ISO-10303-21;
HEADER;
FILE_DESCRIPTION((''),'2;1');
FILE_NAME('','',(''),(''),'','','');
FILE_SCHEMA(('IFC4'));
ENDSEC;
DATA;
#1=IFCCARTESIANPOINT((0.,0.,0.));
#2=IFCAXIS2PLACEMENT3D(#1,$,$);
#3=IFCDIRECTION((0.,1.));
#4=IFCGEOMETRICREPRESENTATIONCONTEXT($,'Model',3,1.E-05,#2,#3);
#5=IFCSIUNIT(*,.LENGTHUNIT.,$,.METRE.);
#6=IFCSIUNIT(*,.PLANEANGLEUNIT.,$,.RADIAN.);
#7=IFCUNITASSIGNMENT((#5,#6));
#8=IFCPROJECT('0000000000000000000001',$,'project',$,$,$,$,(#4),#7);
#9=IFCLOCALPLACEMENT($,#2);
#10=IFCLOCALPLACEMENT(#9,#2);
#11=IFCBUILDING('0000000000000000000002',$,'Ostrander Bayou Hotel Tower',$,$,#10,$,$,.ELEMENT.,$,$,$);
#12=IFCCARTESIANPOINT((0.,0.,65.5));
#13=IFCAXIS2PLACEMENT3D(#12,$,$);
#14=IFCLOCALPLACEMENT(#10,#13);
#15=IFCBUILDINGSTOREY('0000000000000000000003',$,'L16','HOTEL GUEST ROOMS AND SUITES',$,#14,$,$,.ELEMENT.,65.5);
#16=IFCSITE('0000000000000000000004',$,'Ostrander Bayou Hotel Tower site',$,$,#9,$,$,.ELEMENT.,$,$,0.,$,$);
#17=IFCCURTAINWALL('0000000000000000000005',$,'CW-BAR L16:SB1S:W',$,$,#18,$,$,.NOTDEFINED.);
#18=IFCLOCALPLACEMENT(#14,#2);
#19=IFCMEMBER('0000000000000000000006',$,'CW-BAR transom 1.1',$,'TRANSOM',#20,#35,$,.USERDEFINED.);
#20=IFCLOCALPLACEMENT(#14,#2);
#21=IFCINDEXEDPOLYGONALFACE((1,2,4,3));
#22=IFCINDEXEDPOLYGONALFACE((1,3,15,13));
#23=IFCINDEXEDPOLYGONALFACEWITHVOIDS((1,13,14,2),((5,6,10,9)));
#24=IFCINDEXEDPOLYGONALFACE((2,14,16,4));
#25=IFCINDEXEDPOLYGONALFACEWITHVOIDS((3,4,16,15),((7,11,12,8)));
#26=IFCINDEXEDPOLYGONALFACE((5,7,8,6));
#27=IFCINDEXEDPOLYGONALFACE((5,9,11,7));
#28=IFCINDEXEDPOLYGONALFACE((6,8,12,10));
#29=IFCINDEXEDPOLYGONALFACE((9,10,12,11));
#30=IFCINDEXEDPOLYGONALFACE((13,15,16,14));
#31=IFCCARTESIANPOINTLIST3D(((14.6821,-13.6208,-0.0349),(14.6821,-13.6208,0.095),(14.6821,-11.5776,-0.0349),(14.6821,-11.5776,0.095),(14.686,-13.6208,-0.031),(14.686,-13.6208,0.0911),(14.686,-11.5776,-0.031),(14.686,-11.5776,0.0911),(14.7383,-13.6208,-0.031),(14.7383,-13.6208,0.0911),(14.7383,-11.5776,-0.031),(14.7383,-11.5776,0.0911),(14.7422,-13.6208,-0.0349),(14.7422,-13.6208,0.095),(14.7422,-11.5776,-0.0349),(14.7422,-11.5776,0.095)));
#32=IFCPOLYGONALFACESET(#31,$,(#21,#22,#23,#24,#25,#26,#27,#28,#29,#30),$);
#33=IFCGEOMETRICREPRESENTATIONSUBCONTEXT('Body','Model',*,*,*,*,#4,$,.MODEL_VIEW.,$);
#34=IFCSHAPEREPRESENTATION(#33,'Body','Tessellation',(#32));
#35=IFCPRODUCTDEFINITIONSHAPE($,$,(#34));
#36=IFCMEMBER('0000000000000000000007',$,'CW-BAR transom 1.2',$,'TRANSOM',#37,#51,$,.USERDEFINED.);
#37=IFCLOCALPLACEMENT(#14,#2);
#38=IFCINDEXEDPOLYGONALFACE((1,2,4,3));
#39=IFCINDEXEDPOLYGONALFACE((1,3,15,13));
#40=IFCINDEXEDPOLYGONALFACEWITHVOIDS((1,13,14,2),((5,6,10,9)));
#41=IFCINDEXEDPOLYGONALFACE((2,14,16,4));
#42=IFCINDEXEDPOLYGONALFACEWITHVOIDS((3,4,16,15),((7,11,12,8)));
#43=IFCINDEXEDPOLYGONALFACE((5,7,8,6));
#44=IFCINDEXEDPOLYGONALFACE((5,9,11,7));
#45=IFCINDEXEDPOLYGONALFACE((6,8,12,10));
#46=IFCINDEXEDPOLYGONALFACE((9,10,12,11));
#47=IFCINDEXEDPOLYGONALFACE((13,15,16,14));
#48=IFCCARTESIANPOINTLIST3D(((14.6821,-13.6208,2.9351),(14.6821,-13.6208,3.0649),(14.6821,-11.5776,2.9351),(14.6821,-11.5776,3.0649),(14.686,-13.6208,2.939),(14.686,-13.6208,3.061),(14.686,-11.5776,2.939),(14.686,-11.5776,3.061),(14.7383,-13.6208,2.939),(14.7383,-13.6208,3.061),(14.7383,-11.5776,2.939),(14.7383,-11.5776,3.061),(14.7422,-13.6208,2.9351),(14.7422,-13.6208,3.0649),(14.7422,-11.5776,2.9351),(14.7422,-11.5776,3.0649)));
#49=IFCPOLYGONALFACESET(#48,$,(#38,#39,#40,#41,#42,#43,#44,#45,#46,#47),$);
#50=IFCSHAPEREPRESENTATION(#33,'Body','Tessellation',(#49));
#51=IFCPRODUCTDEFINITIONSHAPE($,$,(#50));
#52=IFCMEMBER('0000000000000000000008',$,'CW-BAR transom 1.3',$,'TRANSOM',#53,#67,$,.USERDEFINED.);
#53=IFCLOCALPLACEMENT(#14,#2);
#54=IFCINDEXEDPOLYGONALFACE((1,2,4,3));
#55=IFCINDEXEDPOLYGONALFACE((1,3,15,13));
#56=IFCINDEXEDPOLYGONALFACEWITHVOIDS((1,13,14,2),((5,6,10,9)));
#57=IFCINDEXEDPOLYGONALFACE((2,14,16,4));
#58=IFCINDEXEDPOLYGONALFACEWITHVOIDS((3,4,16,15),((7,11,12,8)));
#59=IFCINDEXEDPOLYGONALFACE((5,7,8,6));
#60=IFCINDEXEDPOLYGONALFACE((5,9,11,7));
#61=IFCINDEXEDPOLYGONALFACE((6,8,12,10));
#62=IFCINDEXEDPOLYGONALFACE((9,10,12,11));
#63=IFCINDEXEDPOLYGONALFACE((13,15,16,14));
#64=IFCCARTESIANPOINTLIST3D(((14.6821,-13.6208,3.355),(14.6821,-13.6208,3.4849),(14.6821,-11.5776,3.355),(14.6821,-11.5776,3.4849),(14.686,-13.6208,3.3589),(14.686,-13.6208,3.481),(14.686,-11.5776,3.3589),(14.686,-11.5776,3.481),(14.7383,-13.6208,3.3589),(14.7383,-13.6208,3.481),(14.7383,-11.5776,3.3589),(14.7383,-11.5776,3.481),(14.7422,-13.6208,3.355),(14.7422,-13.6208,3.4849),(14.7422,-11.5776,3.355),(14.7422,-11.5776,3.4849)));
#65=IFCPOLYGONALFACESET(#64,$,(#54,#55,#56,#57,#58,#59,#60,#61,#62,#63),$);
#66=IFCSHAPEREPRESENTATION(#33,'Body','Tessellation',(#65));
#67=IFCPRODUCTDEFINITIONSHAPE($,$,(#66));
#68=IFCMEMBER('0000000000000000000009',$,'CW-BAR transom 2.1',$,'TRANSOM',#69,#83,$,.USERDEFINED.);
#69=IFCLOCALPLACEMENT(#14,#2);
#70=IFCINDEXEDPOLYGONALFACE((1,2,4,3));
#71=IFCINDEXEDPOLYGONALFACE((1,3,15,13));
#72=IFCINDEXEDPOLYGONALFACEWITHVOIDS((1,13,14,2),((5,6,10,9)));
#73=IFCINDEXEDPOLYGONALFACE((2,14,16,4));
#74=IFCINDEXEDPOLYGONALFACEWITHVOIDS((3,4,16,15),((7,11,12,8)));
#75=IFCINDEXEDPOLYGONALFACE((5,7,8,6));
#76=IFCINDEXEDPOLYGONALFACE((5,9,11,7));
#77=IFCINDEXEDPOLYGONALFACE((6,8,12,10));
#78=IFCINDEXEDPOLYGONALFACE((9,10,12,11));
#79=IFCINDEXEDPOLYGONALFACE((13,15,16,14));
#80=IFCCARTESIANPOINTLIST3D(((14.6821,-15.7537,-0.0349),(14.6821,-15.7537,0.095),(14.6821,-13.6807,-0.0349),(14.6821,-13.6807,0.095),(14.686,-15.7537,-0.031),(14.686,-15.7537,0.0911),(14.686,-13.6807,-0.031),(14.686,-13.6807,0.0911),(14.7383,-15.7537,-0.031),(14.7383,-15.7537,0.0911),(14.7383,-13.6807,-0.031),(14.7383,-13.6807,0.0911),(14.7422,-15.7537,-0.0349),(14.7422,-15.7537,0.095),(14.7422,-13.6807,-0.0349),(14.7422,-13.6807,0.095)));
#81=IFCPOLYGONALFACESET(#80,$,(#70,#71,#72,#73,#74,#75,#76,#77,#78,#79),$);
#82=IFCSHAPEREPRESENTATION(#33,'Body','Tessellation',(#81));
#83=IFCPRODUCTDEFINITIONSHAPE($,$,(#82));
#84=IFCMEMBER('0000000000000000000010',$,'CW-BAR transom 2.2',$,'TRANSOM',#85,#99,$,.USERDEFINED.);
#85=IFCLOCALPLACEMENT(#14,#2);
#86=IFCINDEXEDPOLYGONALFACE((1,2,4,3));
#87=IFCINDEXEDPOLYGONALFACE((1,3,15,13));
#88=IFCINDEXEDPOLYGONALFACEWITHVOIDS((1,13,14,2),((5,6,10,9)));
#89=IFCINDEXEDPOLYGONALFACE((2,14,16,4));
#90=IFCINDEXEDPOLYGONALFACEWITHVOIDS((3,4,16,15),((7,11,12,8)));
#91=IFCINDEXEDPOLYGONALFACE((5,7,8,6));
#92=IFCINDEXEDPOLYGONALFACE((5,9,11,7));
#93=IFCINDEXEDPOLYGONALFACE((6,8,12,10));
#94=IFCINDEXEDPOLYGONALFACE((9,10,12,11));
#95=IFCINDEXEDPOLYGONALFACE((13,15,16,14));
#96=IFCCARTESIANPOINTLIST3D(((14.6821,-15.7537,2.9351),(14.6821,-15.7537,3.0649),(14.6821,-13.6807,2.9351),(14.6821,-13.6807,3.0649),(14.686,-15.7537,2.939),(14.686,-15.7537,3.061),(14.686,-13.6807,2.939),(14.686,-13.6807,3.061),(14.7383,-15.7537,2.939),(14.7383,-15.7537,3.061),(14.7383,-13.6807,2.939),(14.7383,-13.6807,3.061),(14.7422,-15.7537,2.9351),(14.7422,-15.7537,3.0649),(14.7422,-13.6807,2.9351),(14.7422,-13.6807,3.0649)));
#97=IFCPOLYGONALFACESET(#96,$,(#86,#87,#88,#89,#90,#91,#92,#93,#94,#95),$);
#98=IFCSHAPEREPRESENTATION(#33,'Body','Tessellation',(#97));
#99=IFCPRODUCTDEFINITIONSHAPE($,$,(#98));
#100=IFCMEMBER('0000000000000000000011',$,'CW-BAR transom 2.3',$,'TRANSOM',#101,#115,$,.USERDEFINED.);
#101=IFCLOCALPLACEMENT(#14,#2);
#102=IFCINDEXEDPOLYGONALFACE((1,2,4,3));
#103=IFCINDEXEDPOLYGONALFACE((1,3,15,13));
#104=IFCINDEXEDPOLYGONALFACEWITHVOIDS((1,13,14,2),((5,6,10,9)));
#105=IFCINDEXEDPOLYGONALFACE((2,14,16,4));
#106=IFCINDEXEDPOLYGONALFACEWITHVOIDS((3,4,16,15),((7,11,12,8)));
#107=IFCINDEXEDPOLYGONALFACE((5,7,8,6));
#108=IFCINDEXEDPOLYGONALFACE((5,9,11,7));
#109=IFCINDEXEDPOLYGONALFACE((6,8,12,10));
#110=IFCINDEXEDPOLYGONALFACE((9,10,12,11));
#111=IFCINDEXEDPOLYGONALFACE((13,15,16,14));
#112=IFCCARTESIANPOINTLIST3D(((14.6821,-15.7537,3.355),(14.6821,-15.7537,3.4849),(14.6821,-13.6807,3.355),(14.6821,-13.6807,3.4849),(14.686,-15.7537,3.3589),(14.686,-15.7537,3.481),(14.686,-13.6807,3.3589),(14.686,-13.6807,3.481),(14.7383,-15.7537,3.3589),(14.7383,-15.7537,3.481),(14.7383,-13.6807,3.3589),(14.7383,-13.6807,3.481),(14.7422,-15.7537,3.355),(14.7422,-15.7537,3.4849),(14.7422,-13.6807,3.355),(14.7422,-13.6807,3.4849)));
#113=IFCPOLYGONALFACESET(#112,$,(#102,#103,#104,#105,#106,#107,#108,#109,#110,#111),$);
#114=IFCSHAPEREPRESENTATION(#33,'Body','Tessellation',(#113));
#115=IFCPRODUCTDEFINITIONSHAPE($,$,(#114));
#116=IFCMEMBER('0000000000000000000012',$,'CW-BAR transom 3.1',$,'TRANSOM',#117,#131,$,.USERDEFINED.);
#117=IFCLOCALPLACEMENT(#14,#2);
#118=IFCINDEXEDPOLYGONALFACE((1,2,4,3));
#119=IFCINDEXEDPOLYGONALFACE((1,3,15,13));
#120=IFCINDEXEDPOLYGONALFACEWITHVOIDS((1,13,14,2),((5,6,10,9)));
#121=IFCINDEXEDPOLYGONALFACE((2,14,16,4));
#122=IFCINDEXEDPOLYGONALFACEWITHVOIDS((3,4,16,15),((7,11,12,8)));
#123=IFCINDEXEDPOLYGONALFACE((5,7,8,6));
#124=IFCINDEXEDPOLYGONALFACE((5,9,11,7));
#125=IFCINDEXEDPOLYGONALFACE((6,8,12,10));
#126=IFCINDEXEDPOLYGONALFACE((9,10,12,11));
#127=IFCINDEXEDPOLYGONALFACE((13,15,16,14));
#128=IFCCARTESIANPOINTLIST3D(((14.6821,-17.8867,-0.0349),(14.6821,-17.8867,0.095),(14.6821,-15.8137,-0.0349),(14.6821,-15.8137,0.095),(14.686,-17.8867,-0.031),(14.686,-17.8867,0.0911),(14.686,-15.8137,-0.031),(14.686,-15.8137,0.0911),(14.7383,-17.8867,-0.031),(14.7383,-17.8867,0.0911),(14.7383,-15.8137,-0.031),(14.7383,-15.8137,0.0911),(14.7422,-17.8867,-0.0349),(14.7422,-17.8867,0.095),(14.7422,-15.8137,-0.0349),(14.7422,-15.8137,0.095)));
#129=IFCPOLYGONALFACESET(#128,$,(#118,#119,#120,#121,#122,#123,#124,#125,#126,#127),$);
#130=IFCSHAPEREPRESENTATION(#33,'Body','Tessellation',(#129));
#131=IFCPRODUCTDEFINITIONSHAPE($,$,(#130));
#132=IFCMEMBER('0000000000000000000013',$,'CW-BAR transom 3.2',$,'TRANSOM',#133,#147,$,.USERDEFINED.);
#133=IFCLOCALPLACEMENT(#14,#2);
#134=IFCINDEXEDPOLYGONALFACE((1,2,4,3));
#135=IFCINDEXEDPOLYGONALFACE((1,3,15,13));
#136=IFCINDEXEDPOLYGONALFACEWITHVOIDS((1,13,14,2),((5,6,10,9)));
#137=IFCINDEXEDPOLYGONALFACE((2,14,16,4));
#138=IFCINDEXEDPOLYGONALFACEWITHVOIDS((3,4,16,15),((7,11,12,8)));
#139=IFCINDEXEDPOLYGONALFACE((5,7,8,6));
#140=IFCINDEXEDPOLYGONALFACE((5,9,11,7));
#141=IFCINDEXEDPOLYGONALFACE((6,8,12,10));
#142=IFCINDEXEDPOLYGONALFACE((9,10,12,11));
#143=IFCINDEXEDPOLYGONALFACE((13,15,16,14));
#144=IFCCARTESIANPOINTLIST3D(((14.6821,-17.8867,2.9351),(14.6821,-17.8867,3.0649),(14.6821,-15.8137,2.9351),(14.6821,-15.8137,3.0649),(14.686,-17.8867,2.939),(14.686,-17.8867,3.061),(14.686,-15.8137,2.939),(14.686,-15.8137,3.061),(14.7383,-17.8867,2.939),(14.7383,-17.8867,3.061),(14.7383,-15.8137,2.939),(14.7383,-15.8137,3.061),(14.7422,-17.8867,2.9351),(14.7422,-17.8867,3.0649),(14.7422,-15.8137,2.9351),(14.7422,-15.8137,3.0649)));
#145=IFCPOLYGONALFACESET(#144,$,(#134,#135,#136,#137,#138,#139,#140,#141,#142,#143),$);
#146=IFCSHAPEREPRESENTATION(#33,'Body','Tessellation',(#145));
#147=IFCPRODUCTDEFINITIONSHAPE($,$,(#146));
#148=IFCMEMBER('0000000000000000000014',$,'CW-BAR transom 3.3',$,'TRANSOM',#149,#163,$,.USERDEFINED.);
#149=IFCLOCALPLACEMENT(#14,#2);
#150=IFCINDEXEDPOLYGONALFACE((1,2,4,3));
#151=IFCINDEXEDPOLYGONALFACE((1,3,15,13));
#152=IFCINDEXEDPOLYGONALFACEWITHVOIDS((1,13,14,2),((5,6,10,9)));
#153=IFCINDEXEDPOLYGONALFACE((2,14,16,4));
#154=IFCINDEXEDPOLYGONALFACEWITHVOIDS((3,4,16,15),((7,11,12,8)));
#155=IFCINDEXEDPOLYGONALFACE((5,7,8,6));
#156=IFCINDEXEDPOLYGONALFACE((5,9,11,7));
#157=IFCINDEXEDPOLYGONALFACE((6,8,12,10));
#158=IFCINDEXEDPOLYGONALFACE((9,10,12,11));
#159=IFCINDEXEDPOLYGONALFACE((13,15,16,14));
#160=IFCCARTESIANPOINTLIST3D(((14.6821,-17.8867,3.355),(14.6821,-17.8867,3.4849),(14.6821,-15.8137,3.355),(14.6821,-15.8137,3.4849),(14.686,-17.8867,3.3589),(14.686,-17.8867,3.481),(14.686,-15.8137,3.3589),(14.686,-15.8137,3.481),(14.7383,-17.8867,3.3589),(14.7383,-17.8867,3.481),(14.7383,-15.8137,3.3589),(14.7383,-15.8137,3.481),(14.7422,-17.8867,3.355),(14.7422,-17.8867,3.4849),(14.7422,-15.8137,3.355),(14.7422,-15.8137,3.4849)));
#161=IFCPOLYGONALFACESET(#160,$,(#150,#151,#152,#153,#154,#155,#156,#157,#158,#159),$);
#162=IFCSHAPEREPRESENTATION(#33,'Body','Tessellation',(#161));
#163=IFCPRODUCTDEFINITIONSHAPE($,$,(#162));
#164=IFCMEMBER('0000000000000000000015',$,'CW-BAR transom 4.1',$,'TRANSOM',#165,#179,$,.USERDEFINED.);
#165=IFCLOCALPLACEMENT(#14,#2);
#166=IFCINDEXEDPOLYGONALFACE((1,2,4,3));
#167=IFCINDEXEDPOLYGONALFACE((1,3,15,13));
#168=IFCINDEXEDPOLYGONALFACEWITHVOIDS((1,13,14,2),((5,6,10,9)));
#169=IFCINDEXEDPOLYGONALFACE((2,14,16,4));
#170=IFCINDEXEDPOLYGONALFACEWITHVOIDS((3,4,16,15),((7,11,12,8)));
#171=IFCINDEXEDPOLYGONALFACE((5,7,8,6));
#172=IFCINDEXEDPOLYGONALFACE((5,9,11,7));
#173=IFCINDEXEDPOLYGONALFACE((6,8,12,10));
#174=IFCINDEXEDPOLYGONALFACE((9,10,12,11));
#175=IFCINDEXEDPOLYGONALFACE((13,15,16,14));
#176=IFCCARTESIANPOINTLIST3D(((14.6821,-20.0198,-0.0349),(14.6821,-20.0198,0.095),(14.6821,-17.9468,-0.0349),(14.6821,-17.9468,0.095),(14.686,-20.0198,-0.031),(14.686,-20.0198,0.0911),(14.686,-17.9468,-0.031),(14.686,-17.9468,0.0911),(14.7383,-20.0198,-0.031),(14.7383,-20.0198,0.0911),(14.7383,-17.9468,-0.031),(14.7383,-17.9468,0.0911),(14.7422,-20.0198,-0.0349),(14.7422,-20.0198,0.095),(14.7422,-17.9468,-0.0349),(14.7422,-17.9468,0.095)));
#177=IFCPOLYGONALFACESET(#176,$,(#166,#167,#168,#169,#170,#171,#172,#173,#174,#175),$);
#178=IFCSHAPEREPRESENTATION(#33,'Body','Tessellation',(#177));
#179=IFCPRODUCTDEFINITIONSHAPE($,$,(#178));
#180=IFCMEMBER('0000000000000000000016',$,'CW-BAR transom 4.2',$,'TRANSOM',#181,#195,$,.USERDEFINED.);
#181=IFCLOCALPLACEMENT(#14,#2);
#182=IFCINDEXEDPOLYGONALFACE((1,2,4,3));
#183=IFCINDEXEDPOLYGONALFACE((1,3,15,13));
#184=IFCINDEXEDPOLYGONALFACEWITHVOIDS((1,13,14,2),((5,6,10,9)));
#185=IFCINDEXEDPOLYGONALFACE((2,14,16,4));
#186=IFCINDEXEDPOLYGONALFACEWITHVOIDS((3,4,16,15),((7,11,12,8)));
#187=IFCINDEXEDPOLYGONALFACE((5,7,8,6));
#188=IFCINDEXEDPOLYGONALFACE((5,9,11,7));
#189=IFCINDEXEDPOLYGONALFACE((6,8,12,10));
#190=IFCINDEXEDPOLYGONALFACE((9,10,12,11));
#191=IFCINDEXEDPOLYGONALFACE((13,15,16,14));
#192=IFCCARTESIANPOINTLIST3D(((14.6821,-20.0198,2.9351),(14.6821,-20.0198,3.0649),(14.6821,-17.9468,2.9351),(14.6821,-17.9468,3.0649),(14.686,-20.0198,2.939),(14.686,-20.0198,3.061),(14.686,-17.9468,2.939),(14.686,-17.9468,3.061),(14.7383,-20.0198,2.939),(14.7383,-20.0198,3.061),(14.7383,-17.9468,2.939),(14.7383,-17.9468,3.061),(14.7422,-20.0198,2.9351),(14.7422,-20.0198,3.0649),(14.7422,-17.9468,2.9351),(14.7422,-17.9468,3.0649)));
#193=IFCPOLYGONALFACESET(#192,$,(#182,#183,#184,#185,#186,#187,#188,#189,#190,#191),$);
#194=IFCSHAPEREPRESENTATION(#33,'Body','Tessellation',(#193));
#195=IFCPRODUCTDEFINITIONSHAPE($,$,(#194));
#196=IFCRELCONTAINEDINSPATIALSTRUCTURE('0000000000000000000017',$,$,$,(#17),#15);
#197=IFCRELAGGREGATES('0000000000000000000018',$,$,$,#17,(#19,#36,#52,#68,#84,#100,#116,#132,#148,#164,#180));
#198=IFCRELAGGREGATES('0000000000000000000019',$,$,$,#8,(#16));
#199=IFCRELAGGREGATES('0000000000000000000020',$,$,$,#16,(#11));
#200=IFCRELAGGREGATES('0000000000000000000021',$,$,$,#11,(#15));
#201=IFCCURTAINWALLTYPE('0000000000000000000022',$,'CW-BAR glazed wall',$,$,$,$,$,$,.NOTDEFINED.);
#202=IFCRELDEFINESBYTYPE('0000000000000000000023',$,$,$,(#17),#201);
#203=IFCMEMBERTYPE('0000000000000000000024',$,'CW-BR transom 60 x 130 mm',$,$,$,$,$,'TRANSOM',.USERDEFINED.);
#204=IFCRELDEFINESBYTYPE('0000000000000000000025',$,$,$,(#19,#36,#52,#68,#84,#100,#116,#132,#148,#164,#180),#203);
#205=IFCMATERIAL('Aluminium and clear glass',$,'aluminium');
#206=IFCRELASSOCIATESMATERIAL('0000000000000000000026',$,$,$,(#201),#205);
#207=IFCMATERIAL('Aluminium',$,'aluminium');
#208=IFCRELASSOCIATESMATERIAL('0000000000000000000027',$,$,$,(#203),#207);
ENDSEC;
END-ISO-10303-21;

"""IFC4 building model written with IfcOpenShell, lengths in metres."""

from ifc_helpers import new_model, si_unit, direction, frame, origin, origin_2d, place, context, subcontext, project, spatial, hollow_rectangle, extrude, material, material_profile, profile_set, type_object, element, aggregate, save


model = new_model("IFC4")

# Units and contexts
model_context = context("Model", 3, precision=1e-05, world=origin(), true_north=direction((0.0, 1.0)))
body_context = subcontext(model_context, "Body", "Model", "MODEL_VIEW")
ifc_project = project(units=[si_unit("LENGTHUNIT", "METRE"), si_unit("PLANEANGLEUNIT", "RADIAN")], contexts=[model_context])

# Site, building, storey
site_placement = place(None, origin())
site = spatial("IfcSite", under=ifc_project, at=site_placement, Name="Ostrander Bayou Hotel Tower site", CompositionType="ELEMENT", RefElevation=0.0)
building_placement = place(site_placement, origin())
building = spatial("IfcBuilding", under=site, at=building_placement, Name="Ostrander Bayou Hotel Tower", CompositionType="ELEMENT")
storey_placement = place(building_placement, frame((0.0, 0.0, 65.5)))
storey = spatial("IfcBuildingStorey", under=building, at=storey_placement, Name="L16", Description="HOTEL GUEST ROOMS AND SUITES", CompositionType="ELEMENT", Elevation=65.5)

# Curtain wall, members
ifc_material_1 = material(Name="Aluminium and clear glass", Category="aluminium")
curtain_wall_type = type_object("IfcCurtainWallType", Name="CW-BAR glazed wall", PredefinedType="NOTDEFINED", material=ifc_material_1)
curtain_wall_placement = place(storey_placement, origin())
curtain_wall = element("IfcCurtainWall", 1, at=curtain_wall_placement, inside=storey, type_object=curtain_wall_type, Name="CW-BAR L16:SB1S:W", PredefinedType="NOTDEFINED")
ifc_material_2 = material(Name="Aluminium", Category="aluminium")
ifc_material_profile = material_profile(ifc_material_2, hollow_rectangle(XDim=0.0601, YDim=0.1299, WallThickness=0.0039, at=origin_2d()))
ifc_profile_set = profile_set([ifc_material_profile], Name="Aluminium")
member_type = type_object("IfcMemberType", Name="CW-BR transom 60 x 130 mm", ElementType="TRANSOM", PredefinedType="USERDEFINED", material=ifc_profile_set)
member_1_placement = place(storey_placement, frame((14.7122, -11.5776, 0.03), z_axis=(0.0, -1.0, 0.0), x_axis=(1.0, 0.0, 0.0)))
member_1 = element("IfcMember", 2, at=member_1_placement, type_object=member_type, Name="CW-BAR transom 1.1", ObjectType="TRANSOM", PredefinedType="USERDEFINED", context=body_context, shape_type="SweptSolid", body=[
    extrude(hollow_rectangle(XDim=0.0601, YDim=0.1299, WallThickness=0.0039, at=origin_2d()), origin(), (0.0, 0.0, 1.0), 2.0432),
])
member_2_placement = place(storey_placement, frame((14.7122, -11.5776, 3.0), z_axis=(0.0, -1.0, 0.0), x_axis=(1.0, 0.0, 0.0)))
member_2 = element("IfcMember", 3, at=member_2_placement, type_object=member_type, Name="CW-BAR transom 1.2", ObjectType="TRANSOM", PredefinedType="USERDEFINED", context=body_context, shape_type="SweptSolid", body=[
    extrude(hollow_rectangle(XDim=0.0601, YDim=0.1299, WallThickness=0.0039, at=origin_2d()), origin(), (0.0, 0.0, 1.0), 2.0432),
])
member_3_placement = place(storey_placement, frame((14.7122, -11.5776, 3.4199), z_axis=(0.0, -1.0, 0.0), x_axis=(1.0, 0.0, 0.0)))
member_3 = element("IfcMember", 4, at=member_3_placement, type_object=member_type, Name="CW-BAR transom 1.3", ObjectType="TRANSOM", PredefinedType="USERDEFINED", context=body_context, shape_type="SweptSolid", body=[
    extrude(hollow_rectangle(XDim=0.0601, YDim=0.1299, WallThickness=0.0039, at=origin_2d()), origin(), (0.0, 0.0, 1.0), 2.0432),
])
member_4_placement = place(storey_placement, frame((14.7122, -13.6807, 0.03), z_axis=(0.0, -1.0, 0.0), x_axis=(1.0, 0.0, 0.0)))
member_4 = element("IfcMember", 5, at=member_4_placement, type_object=member_type, Name="CW-BAR transom 2.1", ObjectType="TRANSOM", PredefinedType="USERDEFINED", context=body_context, shape_type="SweptSolid", body=[
    extrude(hollow_rectangle(XDim=0.0601, YDim=0.1299, WallThickness=0.0039, at=origin_2d()), origin(), (0.0, 0.0, 1.0), 2.073),
])
member_5_placement = place(storey_placement, frame((14.7122, -13.6807, 3.0), z_axis=(0.0, -1.0, 0.0), x_axis=(1.0, 0.0, 0.0)))
member_5 = element("IfcMember", 6, at=member_5_placement, type_object=member_type, Name="CW-BAR transom 2.2", ObjectType="TRANSOM", PredefinedType="USERDEFINED", context=body_context, shape_type="SweptSolid", body=[
    extrude(hollow_rectangle(XDim=0.0601, YDim=0.1299, WallThickness=0.0039, at=origin_2d()), origin(), (0.0, 0.0, 1.0), 2.073),
])
member_6_placement = place(storey_placement, frame((14.7122, -13.6807, 3.4199), z_axis=(0.0, -1.0, 0.0), x_axis=(1.0, 0.0, 0.0)))
member_6 = element("IfcMember", 7, at=member_6_placement, type_object=member_type, Name="CW-BAR transom 2.3", ObjectType="TRANSOM", PredefinedType="USERDEFINED", context=body_context, shape_type="SweptSolid", body=[
    extrude(hollow_rectangle(XDim=0.0601, YDim=0.1299, WallThickness=0.0039, at=origin_2d()), origin(), (0.0, 0.0, 1.0), 2.073),
])
member_7_placement = place(storey_placement, frame((14.7122, -15.8137, 0.03), z_axis=(0.0, -1.0, 0.0), x_axis=(1.0, 0.0, 0.0)))
member_7 = element("IfcMember", 8, at=member_7_placement, type_object=member_type, Name="CW-BAR transom 3.1", ObjectType="TRANSOM", PredefinedType="USERDEFINED", context=body_context, shape_type="SweptSolid", body=[
    extrude(hollow_rectangle(XDim=0.0601, YDim=0.1299, WallThickness=0.0039, at=origin_2d()), origin(), (0.0, 0.0, 1.0), 2.073),
])
member_8_placement = place(storey_placement, frame((14.7122, -15.8137, 3.0), z_axis=(0.0, -1.0, 0.0), x_axis=(1.0, 0.0, 0.0)))
member_8 = element("IfcMember", 9, at=member_8_placement, type_object=member_type, Name="CW-BAR transom 3.2", ObjectType="TRANSOM", PredefinedType="USERDEFINED", context=body_context, shape_type="SweptSolid", body=[
    extrude(hollow_rectangle(XDim=0.0601, YDim=0.1299, WallThickness=0.0039, at=origin_2d()), origin(), (0.0, 0.0, 1.0), 2.073),
])
member_9_placement = place(storey_placement, frame((14.7122, -15.8137, 3.4199), z_axis=(0.0, -1.0, 0.0), x_axis=(1.0, 0.0, 0.0)))
member_9 = element("IfcMember", 10, at=member_9_placement, type_object=member_type, Name="CW-BAR transom 3.3", ObjectType="TRANSOM", PredefinedType="USERDEFINED", context=body_context, shape_type="SweptSolid", body=[
    extrude(hollow_rectangle(XDim=0.0601, YDim=0.1299, WallThickness=0.0039, at=origin_2d()), origin(), (0.0, 0.0, 1.0), 2.073),
])
member_10_placement = place(storey_placement, frame((14.7122, -17.9468, 0.03), z_axis=(0.0, -1.0, 0.0), x_axis=(1.0, 0.0, 0.0)))
member_10 = element("IfcMember", 11, at=member_10_placement, type_object=member_type, Name="CW-BAR transom 4.1", ObjectType="TRANSOM", PredefinedType="USERDEFINED", context=body_context, shape_type="SweptSolid", body=[
    extrude(hollow_rectangle(XDim=0.0601, YDim=0.1299, WallThickness=0.0039, at=origin_2d()), origin(), (0.0, 0.0, 1.0), 2.073),
])
member_11_placement = place(storey_placement, frame((14.7122, -17.9468, 3.0), z_axis=(0.0, -1.0, 0.0), x_axis=(1.0, 0.0, 0.0)))
member_11 = element("IfcMember", 12, at=member_11_placement, type_object=member_type, Name="CW-BAR transom 4.2", ObjectType="TRANSOM", PredefinedType="USERDEFINED", context=body_context, shape_type="SweptSolid", body=[
    extrude(hollow_rectangle(XDim=0.0601, YDim=0.1299, WallThickness=0.0039, at=origin_2d()), origin(), (0.0, 0.0, 1.0), 2.073),
])
aggregate(curtain_wall, [member_1, member_2, member_3, member_4, member_5, member_6, member_7, member_8, member_9, member_10, member_11])

save(model, "model.ifc")
